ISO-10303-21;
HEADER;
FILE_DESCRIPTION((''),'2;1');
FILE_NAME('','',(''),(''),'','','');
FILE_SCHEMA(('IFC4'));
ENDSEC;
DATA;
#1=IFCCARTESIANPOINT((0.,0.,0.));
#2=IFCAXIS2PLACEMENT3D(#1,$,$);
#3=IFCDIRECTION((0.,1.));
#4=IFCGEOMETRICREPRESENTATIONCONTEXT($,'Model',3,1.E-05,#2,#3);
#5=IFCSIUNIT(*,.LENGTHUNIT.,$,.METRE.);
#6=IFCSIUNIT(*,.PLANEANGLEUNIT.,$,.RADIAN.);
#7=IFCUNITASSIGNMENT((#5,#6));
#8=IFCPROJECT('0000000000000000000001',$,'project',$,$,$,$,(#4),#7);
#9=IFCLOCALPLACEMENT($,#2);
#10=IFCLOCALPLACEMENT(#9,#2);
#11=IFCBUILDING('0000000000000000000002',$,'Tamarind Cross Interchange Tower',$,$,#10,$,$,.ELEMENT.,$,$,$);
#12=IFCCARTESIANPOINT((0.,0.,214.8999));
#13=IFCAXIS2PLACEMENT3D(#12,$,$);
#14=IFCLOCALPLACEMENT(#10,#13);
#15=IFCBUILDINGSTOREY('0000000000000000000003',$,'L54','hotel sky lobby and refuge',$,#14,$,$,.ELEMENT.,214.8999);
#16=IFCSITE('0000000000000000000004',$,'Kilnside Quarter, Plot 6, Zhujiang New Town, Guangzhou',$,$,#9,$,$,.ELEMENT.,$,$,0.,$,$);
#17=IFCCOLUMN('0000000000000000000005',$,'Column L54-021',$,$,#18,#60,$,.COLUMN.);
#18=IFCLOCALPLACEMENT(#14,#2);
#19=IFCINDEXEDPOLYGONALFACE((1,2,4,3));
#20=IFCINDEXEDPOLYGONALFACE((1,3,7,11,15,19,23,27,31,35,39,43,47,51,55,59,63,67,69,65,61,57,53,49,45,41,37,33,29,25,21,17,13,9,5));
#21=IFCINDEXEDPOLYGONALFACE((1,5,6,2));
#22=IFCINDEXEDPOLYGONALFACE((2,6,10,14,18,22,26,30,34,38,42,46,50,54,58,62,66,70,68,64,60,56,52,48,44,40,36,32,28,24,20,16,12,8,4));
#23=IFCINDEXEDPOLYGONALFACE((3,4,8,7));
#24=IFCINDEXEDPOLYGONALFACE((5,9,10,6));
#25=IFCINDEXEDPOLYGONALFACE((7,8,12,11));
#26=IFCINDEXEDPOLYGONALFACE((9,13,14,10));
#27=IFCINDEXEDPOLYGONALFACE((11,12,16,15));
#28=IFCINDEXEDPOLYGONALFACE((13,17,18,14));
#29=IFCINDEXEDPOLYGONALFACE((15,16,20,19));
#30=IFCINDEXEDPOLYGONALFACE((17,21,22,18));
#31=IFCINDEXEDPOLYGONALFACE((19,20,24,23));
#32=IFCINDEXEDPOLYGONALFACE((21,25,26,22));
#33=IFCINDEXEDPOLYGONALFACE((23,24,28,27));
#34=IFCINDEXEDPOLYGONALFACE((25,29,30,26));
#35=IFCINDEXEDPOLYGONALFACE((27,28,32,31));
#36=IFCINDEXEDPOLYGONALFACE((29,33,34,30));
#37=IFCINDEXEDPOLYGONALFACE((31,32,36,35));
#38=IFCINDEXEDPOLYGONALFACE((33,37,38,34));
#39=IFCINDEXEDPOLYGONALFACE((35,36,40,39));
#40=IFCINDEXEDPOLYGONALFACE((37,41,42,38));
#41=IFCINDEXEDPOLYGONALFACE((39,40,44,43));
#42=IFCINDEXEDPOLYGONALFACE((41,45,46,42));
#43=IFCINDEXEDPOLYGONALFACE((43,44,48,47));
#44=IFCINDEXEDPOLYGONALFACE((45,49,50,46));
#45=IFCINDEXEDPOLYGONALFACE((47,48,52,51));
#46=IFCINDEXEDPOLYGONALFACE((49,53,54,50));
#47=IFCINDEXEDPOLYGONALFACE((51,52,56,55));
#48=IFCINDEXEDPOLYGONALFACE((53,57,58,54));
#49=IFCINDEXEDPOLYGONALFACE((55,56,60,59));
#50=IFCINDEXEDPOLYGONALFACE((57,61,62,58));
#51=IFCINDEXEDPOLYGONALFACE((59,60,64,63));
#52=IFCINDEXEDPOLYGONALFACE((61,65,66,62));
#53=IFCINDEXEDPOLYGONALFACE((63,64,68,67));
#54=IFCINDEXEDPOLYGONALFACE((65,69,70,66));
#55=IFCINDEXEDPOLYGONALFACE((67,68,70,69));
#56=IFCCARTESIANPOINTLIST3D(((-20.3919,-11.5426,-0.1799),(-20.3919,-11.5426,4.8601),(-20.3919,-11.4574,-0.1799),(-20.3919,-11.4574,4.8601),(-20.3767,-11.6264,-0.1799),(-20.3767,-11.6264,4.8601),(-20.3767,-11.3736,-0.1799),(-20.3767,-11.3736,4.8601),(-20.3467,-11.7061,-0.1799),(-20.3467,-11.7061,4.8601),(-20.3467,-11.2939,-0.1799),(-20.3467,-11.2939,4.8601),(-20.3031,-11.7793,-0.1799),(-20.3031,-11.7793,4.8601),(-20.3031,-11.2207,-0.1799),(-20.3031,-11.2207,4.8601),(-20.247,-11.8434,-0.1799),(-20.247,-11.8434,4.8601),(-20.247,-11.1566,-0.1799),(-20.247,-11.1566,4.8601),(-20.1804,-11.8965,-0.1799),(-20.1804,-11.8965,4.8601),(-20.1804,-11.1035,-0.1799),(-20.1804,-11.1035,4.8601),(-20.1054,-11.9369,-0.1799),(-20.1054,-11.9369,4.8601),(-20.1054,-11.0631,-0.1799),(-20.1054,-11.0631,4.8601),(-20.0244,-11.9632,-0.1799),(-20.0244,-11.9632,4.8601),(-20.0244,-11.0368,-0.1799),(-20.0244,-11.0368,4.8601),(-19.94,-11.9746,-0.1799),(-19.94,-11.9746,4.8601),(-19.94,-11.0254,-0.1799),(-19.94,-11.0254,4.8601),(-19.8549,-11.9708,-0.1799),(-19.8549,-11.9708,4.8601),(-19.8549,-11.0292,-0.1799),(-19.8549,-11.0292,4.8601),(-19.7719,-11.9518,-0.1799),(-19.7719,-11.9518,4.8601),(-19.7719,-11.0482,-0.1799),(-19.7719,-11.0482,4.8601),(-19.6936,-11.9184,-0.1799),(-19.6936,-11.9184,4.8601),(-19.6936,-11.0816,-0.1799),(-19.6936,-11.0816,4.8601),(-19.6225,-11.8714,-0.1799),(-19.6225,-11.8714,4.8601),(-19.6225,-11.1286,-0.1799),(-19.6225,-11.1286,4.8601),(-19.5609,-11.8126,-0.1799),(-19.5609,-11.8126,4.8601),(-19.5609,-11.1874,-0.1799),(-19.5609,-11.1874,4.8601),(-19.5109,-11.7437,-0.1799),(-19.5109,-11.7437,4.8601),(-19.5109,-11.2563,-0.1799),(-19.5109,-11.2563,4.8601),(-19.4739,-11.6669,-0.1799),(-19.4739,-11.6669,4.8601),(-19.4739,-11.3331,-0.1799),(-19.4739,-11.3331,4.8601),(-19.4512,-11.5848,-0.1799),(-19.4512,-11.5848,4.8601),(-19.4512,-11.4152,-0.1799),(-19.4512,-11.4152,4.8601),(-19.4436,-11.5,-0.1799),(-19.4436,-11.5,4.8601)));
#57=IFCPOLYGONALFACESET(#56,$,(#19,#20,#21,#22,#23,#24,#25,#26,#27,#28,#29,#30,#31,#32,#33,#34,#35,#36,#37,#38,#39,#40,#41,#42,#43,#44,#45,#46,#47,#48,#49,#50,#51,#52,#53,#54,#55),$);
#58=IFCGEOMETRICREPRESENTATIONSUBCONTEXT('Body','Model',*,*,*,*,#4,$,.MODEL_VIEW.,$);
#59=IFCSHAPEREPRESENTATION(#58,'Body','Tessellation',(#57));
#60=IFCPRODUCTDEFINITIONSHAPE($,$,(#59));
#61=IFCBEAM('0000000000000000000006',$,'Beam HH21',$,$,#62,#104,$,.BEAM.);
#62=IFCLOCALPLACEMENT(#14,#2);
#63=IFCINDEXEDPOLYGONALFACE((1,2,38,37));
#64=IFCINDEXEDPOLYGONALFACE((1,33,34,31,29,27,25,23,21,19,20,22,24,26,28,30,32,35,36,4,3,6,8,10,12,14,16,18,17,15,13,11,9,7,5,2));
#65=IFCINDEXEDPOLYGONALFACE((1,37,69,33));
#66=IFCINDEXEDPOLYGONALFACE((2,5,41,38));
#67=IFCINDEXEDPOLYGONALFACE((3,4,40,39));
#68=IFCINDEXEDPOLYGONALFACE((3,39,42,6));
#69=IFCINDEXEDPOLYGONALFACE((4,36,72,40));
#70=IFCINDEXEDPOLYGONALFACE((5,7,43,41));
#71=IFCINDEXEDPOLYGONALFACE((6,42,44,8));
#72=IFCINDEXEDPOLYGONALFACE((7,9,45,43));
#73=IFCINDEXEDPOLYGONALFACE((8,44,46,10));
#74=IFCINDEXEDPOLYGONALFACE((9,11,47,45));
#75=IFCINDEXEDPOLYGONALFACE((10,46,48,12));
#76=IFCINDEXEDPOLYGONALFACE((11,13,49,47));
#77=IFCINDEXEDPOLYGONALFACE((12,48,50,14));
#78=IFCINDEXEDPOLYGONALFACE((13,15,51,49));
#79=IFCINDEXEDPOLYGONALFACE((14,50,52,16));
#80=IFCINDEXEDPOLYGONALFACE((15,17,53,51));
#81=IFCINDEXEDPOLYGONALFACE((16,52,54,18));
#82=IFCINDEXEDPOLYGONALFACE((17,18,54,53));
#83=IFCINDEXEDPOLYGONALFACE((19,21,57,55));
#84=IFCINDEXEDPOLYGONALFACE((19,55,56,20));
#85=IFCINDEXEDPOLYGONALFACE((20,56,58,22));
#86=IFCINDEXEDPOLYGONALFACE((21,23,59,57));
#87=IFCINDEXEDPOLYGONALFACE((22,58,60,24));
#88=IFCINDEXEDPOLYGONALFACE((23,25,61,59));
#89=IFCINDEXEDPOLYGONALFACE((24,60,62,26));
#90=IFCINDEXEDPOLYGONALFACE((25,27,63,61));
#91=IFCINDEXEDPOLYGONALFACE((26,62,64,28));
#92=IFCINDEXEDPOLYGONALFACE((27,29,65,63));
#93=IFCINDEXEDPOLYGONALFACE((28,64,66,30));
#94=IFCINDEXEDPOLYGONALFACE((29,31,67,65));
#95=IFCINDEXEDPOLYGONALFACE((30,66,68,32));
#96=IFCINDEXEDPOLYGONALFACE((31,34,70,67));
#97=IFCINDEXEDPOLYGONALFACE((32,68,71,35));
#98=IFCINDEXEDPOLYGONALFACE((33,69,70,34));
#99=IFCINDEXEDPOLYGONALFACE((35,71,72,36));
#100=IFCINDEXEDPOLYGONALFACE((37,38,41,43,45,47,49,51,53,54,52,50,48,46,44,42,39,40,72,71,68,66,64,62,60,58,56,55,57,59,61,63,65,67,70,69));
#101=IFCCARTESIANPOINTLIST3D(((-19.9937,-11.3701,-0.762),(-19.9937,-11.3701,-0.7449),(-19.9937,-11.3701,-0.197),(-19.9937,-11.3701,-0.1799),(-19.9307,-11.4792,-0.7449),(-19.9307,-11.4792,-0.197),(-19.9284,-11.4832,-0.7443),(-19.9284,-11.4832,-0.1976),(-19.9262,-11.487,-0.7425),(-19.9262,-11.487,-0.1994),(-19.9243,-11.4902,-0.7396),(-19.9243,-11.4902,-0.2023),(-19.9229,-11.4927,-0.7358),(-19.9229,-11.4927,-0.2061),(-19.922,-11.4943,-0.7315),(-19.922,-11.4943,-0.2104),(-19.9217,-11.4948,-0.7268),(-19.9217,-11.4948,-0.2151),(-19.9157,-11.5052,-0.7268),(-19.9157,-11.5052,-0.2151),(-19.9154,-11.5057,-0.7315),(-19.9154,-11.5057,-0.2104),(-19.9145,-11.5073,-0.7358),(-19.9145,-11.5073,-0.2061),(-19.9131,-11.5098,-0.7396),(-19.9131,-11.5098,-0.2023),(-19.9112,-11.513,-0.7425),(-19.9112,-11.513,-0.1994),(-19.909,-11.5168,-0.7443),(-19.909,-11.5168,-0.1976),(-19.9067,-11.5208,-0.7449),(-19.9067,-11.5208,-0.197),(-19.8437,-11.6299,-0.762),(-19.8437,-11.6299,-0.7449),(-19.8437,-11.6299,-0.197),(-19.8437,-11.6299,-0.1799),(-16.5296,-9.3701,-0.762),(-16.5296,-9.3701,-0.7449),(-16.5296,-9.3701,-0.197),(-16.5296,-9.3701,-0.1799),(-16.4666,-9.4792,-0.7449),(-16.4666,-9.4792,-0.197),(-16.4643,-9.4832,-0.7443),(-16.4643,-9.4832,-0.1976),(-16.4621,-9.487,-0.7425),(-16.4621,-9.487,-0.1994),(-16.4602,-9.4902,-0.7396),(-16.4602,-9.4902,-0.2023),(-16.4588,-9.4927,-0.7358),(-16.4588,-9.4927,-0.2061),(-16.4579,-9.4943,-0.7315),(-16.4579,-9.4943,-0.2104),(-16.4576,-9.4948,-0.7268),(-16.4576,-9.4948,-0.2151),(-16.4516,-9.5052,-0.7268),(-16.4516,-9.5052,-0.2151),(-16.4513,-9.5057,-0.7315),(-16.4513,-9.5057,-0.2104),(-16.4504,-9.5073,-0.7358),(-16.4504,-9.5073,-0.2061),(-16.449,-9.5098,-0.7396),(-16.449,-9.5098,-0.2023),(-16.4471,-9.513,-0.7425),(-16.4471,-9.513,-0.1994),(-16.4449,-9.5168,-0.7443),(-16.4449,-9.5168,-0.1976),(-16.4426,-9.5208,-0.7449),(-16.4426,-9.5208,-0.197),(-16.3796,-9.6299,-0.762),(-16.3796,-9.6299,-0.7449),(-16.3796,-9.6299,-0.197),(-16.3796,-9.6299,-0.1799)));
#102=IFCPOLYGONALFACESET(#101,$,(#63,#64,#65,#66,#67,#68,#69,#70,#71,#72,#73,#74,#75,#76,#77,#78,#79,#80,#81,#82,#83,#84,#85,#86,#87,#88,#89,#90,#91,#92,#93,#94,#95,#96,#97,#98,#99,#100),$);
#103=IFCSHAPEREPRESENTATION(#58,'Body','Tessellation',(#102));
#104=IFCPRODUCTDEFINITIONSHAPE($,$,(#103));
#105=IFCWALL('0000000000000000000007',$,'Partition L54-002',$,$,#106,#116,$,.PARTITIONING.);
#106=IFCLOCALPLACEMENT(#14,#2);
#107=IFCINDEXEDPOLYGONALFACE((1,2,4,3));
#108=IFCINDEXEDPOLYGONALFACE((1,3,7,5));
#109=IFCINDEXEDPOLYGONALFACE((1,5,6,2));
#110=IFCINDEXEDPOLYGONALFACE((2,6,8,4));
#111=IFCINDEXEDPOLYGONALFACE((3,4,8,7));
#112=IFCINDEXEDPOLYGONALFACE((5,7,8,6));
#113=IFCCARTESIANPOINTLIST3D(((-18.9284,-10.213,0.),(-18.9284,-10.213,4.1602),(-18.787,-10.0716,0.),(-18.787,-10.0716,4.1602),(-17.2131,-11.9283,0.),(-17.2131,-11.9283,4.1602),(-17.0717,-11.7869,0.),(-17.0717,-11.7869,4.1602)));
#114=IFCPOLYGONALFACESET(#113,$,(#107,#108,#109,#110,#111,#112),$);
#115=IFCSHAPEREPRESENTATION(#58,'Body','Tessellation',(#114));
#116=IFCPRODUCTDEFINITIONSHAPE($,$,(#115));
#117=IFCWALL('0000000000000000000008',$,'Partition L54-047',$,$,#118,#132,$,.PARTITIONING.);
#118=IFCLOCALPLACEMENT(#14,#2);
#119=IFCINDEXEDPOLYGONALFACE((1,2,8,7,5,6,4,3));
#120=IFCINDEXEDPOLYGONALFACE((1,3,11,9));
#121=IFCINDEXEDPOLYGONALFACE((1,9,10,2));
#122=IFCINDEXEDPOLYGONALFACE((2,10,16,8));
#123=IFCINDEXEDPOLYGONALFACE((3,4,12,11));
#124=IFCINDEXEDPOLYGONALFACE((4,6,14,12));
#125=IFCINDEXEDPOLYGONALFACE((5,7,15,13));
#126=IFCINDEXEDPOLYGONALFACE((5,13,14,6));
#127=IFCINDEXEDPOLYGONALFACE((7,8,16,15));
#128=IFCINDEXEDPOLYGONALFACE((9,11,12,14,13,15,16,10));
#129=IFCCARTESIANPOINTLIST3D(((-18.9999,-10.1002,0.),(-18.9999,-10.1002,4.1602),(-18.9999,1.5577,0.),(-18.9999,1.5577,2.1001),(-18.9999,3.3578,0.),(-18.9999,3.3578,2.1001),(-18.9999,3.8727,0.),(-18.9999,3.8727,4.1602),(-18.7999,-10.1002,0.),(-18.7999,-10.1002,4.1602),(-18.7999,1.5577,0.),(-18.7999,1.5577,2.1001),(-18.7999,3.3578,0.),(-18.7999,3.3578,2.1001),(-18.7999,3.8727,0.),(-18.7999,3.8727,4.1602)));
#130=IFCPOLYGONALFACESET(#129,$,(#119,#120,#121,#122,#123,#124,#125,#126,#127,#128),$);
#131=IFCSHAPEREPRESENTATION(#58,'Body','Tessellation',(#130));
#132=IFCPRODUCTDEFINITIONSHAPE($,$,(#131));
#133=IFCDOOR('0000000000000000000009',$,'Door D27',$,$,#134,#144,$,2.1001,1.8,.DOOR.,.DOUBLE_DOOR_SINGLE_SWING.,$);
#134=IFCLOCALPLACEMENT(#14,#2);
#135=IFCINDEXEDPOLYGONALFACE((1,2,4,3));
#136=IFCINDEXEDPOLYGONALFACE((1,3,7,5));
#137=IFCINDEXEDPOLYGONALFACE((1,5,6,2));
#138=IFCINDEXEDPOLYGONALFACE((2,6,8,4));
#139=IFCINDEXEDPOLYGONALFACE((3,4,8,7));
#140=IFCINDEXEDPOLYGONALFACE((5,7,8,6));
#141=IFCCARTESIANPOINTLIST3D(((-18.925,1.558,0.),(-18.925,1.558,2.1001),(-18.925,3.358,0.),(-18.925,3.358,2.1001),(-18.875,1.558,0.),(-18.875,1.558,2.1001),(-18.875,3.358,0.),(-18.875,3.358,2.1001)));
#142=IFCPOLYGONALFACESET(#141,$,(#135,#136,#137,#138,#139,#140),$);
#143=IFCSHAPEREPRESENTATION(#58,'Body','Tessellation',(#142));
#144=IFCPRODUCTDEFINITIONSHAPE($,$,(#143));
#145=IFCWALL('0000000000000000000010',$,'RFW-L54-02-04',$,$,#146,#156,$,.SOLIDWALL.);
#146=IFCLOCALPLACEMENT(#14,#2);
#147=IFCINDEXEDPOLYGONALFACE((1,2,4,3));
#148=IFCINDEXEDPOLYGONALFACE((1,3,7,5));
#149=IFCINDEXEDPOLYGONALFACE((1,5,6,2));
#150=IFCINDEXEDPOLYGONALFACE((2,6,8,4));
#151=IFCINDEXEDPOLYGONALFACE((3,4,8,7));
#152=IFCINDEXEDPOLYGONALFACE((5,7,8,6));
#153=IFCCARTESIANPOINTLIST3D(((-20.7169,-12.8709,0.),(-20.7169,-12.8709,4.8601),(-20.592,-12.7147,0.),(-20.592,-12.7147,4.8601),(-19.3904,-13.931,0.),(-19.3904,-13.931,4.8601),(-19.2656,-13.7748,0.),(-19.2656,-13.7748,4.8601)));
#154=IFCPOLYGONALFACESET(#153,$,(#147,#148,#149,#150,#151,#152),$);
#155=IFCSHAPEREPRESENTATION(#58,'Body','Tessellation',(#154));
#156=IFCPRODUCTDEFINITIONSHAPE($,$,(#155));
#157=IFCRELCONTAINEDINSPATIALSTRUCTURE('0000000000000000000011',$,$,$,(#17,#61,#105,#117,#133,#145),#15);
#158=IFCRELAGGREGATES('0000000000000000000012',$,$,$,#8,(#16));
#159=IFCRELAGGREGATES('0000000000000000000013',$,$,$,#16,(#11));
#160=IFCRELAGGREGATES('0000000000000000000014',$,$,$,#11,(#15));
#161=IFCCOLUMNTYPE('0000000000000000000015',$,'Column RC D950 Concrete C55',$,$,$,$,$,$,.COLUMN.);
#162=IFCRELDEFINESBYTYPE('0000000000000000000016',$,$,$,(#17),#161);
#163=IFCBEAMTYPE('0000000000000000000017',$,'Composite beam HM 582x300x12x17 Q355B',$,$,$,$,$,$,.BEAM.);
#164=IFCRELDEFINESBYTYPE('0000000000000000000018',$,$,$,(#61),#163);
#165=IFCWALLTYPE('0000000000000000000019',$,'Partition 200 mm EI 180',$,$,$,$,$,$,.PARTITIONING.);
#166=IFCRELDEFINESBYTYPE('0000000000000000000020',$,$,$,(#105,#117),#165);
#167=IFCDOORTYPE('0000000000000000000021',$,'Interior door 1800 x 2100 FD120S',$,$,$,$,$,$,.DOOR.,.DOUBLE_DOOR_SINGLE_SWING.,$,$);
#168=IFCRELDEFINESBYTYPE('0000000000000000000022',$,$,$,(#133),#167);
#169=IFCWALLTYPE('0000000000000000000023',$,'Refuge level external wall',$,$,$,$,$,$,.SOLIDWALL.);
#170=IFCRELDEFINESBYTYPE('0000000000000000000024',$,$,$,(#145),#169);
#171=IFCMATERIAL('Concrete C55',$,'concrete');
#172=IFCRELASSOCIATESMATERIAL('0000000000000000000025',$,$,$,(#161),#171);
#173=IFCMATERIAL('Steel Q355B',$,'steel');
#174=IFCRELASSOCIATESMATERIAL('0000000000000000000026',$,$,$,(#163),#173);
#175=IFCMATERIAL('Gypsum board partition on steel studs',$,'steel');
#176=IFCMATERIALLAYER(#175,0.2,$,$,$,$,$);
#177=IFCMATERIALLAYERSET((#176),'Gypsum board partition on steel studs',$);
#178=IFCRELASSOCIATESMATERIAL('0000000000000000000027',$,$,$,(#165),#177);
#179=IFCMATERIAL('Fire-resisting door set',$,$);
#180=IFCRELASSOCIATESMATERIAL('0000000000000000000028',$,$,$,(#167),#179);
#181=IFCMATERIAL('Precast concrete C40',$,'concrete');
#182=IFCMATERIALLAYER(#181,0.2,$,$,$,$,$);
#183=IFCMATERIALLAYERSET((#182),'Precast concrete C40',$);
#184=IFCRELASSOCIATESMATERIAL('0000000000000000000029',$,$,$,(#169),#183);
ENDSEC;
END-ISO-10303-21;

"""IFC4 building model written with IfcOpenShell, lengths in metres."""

from ifc_helpers import new_model, si_unit, direction, frame, frame_2d, origin, origin_2d, place, context, subcontext, project, spatial, rectangle, circle, i_section, extrude, material, layer, layer_set, material_profile, profile_set, type_object, element, fill, save


model = new_model("IFC4")

# Units and contexts
model_context = context("Model", 3, precision=1e-05, world=origin(), true_north=direction((0.0, 1.0)))
body_context = subcontext(model_context, "Body", "Model", "MODEL_VIEW")
ifc_project = project(units=[si_unit("LENGTHUNIT", "METRE"), si_unit("PLANEANGLEUNIT", "RADIAN")], contexts=[model_context])

# Site, building, storey
site_placement = place(None, origin())
site = spatial("IfcSite", under=ifc_project, at=site_placement, Name="Kilnside Quarter, Plot 6, Zhujiang New Town, Guangzhou", CompositionType="ELEMENT", RefElevation=0.0)
building_placement = place(site_placement, origin())
building = spatial("IfcBuilding", under=site, at=building_placement, Name="Tamarind Cross Interchange Tower", CompositionType="ELEMENT")
storey_placement = place(building_placement, frame((0.0, 0.0, 214.8999)))
storey = spatial("IfcBuildingStorey", under=building, at=storey_placement, Name="L54", Description="hotel sky lobby and refuge", CompositionType="ELEMENT", Elevation=214.8999)

# Column
ifc_material_1 = material(Name="Concrete C55", Category="concrete")
ifc_material_profile_1 = material_profile(ifc_material_1, circle(Radius=0.4751, at=origin_2d()), Name="RC D950")
ifc_profile_set_1 = profile_set([ifc_material_profile_1], Name="Concrete C55")
column_type = type_object("IfcColumnType", Name="Column RC D950 Concrete C55", PredefinedType="COLUMN", material=ifc_profile_set_1)
column_placement = place(storey_placement, frame((-19.9187, -11.5, -0.1799), z_axis=(0.0, 0.0, 1.0), x_axis=(1.0, 0.0, 0.0)))
element("IfcColumn", 1, at=column_placement, inside=storey, type_object=column_type, Name="Column L54-021", PredefinedType="COLUMN", context=body_context, shape_type="SweptSolid", body=[
    extrude(circle(Radius=0.4751, at=origin_2d()), origin(), (0.0, 0.0, 1.0), 5.04),
])

# Beam
ifc_material_2 = material(Name="Steel Q355B", Category="steel")
ifc_material_profile_2 = material_profile(ifc_material_2, i_section(OverallWidth=0.3, OverallDepth=0.582, WebThickness=0.012, FlangeThickness=0.0171, FilletRadius=0.0181, at=origin_2d()), Name="HM 582x300x12x17")
ifc_profile_set_2 = profile_set([ifc_material_profile_2], Name="Steel Q355B")
beam_type = type_object("IfcBeamType", Name="Composite beam HM 582x300x12x17 Q355B", PredefinedType="BEAM", material=ifc_profile_set_2)
beam_placement = place(storey_placement, frame((-19.9187, -11.5, -0.4709), z_axis=(0.866026, 0.499999, 0.0), x_axis=(-0.499999, 0.866026, 0.0)))
element("IfcBeam", 2, at=beam_placement, inside=storey, type_object=beam_type, Name="Beam HH21", PredefinedType="BEAM", context=body_context, shape_type="SweptSolid", body=[
    extrude(i_section(OverallWidth=0.3, OverallDepth=0.582, WebThickness=0.012, FlangeThickness=0.0171, FilletRadius=0.0181, at=origin_2d()), origin(), (0.0, 0.0, 1.0), 4.0),
])

# Wall
ifc_material_3 = material(Name="Gypsum board partition on steel studs", Category="steel")
ifc_layer_1 = layer(ifc_material_3, 0.2)
ifc_layer_set_1 = layer_set([ifc_layer_1], Name="Gypsum board partition on steel studs")
wall_type_1 = type_object("IfcWallType", Name="Partition 200 mm EI 180", PredefinedType="PARTITIONING", material=ifc_layer_set_1)
wall_1_placement = place(storey_placement, frame((-18.8577, -10.1423, 0.0), z_axis=(0.0, 0.0, 1.0), x_axis=(0.707107, -0.707107, 0.0)))
element("IfcWall", 3, at=wall_1_placement, inside=storey, type_object=wall_type_1, Name="Partition L54-002", PredefinedType="PARTITIONING", context=body_context, shape_type="SweptSolid", body=[
    extrude(rectangle(XDim=2.4258, YDim=0.2, at=frame_2d((1.2129, 0.0))), origin(), (0.0, 0.0, 1.0), 4.1602),
])

# Wall, opening, door
wall_2_placement = place(storey_placement, frame((-18.8999, -10.1001, 0.0), z_axis=(0.0, 0.0, 1.0), x_axis=(0.0, 1.0, 0.0)))
wall_2 = element("IfcWall", 4, at=wall_2_placement, inside=storey, type_object=wall_type_1, Name="Partition L54-047", PredefinedType="PARTITIONING", context=body_context, shape_type="SweptSolid", body=[
    extrude(rectangle(XDim=13.9729, YDim=0.2, at=frame_2d((6.9863, 0.0))), origin(), (0.0, 0.0, 1.0), 4.1602),
])
opening_1_placement = place(wall_2_placement, frame((11.658, 0.0, 0.0)))
opening_1 = element("IfcOpeningElement", 5, at=opening_1_placement, cuts=wall_2, PredefinedType="OPENING", context=body_context, shape_type="SweptSolid", body=[
    extrude(rectangle(XDim=1.8, YDim=2.1001, at=frame_2d((0.8999, 1.05))), frame((0.0, 0.1099, 0.0), z_axis=(0.0, -1.0, 0.0), x_axis=(1.0, 0.0, 0.0)), (0.0, 0.0, 1.0), 0.22),
])
ifc_material_4 = material(Name="Fire-resisting door set")
door_type = type_object("IfcDoorType", Name="Interior door 1800 x 2100 FD120S", OperationType="DOUBLE_DOOR_SINGLE_SWING", PredefinedType="DOOR", material=ifc_material_4)
door_placement = place(opening_1_placement, frame((1.8, 0.0, 0.0), z_axis=(0.0, 0.0, 1.0), x_axis=(-1.0, 0.0, 0.0)))
door = element("IfcDoor", 6, at=door_placement, inside=storey, type_object=door_type, Name="Door D27", OperationType="DOUBLE_DOOR_SINGLE_SWING", OverallHeight=2.1001, OverallWidth=1.8, PredefinedType="DOOR", context=body_context, shape_type="SweptSolid", body=[
    extrude(rectangle(XDim=1.8, YDim=2.1001, at=frame_2d((0.8999, 1.05))), frame((0.0, 0.0249, 0.0), z_axis=(0.0, -1.0, 0.0), x_axis=(1.0, 0.0, 0.0)), (0.0, 0.0, 1.0), 0.05),
])
fill(opening_1, door)

# Wall
ifc_material_5 = material(Name="Precast concrete C40", Category="concrete")
ifc_layer_2 = layer(ifc_material_5, 0.2)
ifc_layer_set_2 = layer_set([ifc_layer_2], Name="Precast concrete C40")
wall_type_2 = type_object("IfcWallType", Name="Refuge level external wall", PredefinedType="SOLIDWALL", material=ifc_layer_set_2)
wall_3_placement = place(storey_placement, frame((-20.6545, -12.7927, 0.0), z_axis=(0.0, 0.0, 1.0), x_axis=(0.781177, -0.624309, 0.0)))
element("IfcWall", 7, at=wall_3_placement, inside=storey, type_object=wall_type_2, Name="RFW-L54-02-04", PredefinedType="SOLIDWALL", context=body_context, shape_type="SweptSolid", body=[
    extrude(rectangle(XDim=1.698, YDim=0.2, at=frame_2d((0.8491, 0.0))), origin(), (0.0, 0.0, 1.0), 4.8601),
])

save(model, "model.ifc")
